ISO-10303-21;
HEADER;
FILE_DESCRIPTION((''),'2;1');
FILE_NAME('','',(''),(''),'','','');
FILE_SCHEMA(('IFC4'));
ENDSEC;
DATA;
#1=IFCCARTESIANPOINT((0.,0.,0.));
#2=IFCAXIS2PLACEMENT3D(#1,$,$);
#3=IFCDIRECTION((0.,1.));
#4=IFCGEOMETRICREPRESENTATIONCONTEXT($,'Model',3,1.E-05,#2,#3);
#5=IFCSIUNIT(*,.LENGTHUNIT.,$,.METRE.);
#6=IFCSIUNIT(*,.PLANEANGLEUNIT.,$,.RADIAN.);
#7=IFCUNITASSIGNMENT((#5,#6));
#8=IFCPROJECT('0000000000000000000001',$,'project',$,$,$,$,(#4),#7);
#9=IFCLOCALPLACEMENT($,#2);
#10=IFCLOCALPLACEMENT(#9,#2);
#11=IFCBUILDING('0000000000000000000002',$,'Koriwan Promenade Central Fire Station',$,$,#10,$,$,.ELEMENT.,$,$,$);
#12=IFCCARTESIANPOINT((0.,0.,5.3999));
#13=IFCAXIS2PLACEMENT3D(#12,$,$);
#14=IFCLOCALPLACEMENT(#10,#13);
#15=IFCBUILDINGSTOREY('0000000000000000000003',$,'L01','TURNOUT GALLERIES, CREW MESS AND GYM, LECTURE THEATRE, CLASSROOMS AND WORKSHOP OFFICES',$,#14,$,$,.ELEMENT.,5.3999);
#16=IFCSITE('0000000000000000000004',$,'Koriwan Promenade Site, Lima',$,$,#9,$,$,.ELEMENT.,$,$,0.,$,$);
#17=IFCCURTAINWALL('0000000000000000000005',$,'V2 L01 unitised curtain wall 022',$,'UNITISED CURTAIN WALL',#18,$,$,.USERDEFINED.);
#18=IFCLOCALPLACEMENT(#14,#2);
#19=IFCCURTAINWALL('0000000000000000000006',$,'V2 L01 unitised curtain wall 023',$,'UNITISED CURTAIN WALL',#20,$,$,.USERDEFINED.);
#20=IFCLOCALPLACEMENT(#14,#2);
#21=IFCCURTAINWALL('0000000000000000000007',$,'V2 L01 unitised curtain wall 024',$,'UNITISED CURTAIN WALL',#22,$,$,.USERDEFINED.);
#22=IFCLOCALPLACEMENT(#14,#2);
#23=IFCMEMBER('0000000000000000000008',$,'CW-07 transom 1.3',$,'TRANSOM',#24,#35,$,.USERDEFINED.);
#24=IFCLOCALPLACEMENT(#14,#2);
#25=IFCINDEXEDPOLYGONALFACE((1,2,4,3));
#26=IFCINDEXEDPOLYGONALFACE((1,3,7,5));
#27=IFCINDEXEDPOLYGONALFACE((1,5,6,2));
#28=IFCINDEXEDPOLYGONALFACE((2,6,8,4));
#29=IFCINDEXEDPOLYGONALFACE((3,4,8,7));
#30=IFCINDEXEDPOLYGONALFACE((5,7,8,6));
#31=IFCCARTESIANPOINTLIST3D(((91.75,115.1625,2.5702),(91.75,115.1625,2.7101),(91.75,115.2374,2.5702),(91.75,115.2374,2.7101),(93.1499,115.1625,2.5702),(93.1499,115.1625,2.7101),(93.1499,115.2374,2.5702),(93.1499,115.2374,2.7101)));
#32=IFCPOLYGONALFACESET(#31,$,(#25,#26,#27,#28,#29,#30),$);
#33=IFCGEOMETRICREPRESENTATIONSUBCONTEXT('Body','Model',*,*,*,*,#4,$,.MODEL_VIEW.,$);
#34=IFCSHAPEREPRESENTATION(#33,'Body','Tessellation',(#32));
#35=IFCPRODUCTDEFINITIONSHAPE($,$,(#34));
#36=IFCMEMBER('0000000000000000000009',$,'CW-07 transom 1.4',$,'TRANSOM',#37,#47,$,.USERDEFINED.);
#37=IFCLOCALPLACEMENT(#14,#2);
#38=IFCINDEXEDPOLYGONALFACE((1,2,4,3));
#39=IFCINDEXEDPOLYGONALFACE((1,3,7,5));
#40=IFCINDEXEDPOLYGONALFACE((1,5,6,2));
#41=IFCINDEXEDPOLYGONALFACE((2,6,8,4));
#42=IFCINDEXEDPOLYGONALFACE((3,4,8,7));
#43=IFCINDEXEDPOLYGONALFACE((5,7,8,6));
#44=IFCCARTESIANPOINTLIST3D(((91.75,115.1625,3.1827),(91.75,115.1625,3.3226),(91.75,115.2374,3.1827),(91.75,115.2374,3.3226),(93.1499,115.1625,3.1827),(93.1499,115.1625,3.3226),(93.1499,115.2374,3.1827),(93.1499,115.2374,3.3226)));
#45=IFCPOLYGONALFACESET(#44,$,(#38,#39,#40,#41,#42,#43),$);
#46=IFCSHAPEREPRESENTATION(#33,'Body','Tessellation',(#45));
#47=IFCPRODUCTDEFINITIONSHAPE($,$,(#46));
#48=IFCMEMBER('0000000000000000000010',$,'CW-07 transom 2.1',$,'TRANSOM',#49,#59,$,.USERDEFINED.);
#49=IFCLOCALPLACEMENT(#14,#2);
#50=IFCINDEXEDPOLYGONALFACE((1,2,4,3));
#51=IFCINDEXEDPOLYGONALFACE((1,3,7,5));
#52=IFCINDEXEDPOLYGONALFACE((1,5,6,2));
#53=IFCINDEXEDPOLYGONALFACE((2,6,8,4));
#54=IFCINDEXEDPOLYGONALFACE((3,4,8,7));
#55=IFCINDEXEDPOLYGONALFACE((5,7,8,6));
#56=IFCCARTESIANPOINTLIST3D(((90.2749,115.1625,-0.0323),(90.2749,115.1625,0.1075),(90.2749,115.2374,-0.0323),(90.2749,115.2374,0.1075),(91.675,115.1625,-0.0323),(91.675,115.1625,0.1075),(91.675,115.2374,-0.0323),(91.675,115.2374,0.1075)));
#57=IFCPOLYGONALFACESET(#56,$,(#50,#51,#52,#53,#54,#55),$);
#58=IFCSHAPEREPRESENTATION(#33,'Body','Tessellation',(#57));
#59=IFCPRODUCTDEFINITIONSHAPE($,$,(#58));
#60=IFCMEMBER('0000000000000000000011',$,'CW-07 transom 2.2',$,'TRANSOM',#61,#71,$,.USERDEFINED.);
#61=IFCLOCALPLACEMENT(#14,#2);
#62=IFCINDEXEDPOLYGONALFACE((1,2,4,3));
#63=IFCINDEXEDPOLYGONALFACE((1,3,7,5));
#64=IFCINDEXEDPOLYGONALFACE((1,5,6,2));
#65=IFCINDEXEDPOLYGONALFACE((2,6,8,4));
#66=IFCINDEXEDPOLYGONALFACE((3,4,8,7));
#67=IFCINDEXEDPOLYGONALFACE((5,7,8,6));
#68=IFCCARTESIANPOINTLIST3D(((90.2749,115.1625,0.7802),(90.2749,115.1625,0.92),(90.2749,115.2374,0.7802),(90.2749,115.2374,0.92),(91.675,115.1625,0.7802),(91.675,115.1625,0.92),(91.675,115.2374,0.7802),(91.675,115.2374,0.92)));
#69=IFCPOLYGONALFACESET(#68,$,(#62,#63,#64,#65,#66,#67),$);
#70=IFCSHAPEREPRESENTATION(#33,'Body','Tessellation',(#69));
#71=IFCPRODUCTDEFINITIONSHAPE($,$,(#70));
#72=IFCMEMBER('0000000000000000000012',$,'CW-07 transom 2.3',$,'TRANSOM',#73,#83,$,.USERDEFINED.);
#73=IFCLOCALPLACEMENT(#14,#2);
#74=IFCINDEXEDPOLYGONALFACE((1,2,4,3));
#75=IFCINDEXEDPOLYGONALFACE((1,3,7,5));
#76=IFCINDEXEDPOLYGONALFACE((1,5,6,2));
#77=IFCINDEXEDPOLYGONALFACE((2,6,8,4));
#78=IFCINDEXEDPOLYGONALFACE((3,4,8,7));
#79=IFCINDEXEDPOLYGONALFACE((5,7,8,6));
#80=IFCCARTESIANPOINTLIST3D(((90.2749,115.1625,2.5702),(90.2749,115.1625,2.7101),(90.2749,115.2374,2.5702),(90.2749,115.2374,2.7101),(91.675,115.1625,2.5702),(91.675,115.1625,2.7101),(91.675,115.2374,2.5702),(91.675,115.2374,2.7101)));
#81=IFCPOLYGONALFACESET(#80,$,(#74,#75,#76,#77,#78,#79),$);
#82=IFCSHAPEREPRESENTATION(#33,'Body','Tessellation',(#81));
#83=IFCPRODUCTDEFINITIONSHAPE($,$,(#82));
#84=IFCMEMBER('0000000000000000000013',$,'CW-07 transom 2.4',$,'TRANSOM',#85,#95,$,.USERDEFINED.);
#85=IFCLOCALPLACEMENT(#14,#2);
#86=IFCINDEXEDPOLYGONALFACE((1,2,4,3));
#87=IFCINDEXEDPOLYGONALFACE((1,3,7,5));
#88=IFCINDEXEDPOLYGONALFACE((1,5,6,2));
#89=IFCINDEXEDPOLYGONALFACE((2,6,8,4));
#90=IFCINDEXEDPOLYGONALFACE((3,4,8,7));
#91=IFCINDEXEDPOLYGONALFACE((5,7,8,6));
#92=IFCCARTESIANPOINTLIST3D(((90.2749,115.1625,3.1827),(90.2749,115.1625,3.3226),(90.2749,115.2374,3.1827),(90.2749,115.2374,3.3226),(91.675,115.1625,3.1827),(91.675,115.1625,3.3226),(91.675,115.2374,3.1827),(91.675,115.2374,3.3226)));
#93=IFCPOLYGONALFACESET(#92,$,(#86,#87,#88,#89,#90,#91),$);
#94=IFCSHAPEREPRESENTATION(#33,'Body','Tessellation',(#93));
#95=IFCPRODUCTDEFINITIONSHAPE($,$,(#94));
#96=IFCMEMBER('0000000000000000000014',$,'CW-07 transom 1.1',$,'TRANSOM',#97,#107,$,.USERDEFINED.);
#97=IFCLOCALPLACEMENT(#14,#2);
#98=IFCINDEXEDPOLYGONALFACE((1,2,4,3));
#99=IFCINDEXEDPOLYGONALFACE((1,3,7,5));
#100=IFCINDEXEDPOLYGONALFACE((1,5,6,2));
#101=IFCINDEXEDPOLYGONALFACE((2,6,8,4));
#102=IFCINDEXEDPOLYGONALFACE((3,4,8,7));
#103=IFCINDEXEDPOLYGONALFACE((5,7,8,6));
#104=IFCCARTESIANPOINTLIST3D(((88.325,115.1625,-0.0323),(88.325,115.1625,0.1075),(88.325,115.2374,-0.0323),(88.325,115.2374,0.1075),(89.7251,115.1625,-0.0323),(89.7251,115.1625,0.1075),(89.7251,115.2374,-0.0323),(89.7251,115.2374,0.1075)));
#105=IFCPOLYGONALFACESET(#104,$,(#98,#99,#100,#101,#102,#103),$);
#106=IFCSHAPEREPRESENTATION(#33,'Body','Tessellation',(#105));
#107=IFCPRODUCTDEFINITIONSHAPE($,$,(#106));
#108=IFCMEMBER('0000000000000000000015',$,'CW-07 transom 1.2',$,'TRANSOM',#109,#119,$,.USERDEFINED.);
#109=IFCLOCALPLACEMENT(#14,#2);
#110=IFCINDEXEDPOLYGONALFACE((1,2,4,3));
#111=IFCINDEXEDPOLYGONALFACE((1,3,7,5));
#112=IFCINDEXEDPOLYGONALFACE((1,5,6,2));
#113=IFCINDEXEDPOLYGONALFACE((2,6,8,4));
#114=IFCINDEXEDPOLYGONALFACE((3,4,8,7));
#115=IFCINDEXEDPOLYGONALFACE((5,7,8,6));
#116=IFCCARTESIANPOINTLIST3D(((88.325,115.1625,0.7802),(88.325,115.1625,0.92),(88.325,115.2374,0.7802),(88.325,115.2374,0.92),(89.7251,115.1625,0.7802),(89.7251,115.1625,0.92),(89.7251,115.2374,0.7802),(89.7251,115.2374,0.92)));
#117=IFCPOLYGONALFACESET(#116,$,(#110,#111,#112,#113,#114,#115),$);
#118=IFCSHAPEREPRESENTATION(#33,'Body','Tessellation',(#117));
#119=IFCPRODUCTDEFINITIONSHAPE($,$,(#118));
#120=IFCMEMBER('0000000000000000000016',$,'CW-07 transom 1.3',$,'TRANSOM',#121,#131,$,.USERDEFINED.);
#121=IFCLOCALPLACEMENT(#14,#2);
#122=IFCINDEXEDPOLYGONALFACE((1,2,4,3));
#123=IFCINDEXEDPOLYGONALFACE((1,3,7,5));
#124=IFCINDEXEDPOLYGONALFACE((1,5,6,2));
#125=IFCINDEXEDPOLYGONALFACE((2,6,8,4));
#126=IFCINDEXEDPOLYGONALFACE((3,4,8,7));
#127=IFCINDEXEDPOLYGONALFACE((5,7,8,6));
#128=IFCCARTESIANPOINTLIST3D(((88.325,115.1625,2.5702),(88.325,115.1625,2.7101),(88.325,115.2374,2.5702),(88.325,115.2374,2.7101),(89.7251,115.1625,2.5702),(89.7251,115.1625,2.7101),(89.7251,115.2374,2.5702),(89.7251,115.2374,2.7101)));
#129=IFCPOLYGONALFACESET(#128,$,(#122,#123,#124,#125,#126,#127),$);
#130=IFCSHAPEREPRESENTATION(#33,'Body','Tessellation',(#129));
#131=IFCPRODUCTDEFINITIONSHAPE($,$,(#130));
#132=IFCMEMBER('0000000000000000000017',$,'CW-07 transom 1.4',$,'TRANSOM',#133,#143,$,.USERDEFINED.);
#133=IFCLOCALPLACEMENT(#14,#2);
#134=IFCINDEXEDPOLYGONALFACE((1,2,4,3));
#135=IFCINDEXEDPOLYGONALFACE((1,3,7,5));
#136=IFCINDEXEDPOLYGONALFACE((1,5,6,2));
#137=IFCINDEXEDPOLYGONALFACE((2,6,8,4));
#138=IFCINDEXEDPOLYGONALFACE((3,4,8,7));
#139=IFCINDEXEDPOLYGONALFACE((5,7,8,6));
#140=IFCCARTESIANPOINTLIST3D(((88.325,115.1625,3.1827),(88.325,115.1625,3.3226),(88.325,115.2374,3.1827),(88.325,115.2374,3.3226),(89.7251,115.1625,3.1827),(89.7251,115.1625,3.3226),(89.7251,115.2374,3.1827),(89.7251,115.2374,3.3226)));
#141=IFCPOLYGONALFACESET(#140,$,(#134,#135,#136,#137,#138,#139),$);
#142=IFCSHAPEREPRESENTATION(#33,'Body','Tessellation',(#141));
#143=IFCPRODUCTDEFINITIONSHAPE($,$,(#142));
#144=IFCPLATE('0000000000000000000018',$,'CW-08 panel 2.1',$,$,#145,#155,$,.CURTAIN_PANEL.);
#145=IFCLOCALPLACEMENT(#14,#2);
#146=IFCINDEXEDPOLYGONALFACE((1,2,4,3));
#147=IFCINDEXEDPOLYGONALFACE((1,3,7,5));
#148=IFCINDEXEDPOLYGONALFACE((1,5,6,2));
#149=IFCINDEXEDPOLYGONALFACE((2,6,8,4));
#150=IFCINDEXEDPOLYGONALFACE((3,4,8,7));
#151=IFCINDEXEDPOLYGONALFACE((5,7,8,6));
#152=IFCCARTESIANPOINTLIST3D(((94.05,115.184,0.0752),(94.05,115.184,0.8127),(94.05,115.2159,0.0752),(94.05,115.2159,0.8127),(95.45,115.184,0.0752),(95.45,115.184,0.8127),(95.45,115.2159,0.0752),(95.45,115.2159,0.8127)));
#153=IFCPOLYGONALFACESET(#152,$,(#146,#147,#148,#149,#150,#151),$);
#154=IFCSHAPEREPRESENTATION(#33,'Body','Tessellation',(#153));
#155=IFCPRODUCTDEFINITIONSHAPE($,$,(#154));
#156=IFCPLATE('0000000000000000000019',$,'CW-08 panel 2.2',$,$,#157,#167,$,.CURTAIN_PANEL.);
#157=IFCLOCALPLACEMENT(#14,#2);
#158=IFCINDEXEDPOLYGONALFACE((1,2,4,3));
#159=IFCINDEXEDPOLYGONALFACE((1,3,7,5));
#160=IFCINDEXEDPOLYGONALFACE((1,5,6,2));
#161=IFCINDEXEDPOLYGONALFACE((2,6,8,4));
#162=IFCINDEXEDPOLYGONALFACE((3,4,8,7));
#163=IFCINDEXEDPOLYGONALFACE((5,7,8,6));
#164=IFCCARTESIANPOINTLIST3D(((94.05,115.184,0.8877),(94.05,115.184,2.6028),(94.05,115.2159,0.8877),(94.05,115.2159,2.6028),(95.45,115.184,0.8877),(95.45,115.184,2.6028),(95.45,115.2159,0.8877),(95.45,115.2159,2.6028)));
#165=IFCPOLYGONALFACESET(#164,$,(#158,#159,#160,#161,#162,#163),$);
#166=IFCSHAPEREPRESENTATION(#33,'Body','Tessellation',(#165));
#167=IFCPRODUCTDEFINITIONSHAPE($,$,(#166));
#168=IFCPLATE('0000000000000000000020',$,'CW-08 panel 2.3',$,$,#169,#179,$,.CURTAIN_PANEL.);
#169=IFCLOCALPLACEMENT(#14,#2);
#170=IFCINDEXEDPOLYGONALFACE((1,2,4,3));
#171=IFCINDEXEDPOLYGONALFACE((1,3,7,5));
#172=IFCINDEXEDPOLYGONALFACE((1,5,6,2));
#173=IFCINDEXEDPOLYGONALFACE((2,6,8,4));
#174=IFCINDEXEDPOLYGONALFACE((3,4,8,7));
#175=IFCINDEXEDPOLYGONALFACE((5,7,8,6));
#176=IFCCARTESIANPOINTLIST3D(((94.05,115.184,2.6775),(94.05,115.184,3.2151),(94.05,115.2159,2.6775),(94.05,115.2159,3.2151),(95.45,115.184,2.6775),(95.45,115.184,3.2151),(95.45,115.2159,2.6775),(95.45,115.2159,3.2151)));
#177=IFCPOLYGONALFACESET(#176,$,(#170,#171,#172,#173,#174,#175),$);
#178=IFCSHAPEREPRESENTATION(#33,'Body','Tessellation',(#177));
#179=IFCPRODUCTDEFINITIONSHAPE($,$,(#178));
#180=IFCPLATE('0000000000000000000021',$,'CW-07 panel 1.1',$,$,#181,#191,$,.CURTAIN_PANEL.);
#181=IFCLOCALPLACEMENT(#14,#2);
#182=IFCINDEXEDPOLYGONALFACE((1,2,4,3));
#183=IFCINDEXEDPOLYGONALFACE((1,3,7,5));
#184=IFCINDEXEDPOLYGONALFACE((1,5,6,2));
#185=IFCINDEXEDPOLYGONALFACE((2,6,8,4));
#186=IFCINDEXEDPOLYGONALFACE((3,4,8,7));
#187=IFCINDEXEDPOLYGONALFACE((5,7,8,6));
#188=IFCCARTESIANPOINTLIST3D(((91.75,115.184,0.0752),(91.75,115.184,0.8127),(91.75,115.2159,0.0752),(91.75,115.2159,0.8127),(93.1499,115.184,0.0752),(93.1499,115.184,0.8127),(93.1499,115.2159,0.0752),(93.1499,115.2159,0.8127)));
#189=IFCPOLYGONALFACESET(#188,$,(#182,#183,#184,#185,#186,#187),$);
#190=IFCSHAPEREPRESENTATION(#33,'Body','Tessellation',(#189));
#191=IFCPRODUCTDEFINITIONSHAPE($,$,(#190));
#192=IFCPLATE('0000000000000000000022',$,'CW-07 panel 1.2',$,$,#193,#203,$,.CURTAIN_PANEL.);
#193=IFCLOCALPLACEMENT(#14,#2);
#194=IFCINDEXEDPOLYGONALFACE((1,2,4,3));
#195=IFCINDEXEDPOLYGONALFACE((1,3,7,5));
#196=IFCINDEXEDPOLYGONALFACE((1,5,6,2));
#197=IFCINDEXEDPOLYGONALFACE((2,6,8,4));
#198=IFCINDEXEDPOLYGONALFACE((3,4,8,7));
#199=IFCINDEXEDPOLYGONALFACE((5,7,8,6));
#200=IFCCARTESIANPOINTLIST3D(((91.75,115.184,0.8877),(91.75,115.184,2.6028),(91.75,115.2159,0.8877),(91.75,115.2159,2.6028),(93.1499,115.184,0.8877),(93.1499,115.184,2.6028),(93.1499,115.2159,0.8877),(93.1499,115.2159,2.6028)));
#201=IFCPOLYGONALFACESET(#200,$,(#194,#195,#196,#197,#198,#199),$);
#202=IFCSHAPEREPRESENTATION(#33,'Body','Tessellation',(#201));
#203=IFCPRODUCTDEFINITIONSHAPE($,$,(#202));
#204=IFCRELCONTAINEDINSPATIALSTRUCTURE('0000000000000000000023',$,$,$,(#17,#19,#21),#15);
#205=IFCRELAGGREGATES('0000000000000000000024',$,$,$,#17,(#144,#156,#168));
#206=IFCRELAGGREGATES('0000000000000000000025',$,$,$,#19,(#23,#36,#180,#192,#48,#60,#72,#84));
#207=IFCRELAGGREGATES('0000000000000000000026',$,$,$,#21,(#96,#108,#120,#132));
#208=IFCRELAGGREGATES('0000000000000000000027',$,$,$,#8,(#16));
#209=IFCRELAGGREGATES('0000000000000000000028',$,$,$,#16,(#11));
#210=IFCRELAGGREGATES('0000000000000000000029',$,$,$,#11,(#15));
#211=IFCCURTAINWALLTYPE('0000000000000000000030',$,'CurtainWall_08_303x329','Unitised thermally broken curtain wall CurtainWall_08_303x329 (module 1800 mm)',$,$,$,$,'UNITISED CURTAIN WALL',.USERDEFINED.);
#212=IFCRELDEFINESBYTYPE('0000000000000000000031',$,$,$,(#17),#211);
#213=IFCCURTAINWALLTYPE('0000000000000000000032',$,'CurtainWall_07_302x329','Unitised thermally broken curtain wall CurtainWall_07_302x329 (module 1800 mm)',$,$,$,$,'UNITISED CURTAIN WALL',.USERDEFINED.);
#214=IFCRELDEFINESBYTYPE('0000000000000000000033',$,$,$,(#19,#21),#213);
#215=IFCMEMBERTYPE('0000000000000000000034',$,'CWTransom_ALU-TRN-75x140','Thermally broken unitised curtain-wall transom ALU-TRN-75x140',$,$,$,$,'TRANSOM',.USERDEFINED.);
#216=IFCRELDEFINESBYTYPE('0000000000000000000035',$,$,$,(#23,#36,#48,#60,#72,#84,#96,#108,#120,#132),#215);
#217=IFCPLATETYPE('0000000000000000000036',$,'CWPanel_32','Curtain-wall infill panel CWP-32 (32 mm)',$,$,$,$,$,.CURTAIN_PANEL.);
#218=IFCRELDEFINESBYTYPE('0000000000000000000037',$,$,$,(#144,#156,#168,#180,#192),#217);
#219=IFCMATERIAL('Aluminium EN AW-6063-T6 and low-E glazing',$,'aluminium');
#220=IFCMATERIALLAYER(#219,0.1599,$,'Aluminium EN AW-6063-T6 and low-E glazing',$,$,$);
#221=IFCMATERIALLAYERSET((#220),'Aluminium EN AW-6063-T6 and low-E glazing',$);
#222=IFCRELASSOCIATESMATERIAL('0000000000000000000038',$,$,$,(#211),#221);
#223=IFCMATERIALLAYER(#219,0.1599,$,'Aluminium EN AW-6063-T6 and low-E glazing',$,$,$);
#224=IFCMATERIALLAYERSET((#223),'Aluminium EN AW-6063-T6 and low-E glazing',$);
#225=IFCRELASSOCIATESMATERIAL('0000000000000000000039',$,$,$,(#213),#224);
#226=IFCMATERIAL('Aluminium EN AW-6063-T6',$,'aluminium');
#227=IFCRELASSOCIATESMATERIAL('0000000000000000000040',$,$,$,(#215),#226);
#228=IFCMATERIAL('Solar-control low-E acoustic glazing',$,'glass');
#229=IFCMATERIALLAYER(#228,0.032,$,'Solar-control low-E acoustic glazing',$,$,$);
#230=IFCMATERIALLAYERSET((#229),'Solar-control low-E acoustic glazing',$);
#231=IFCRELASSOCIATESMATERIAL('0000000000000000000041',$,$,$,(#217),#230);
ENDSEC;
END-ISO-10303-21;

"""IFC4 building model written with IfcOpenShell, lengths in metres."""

from ifc_helpers import new_model, si_unit, direction, frame, origin, origin_2d, place, context, subcontext, project, spatial, rectangle, extrude, material, layer, layer_set, material_profile, profile_set, type_object, element, aggregate, save


model = new_model("IFC4")

# Units and contexts
model_context = context("Model", 3, precision=1e-05, world=origin(), true_north=direction((0.0, 1.0)))
body_context = subcontext(model_context, "Body", "Model", "MODEL_VIEW")
ifc_project = project(units=[si_unit("LENGTHUNIT", "METRE"), si_unit("PLANEANGLEUNIT", "RADIAN")], contexts=[model_context])

# Site, building, storey
site_placement = place(None, origin())
site = spatial("IfcSite", under=ifc_project, at=site_placement, Name="Koriwan Promenade Site, Lima", CompositionType="ELEMENT", RefElevation=0.0)
building_placement = place(site_placement, origin())
building = spatial("IfcBuilding", under=site, at=building_placement, Name="Koriwan Promenade Central Fire Station", CompositionType="ELEMENT")
storey_placement = place(building_placement, frame((0.0, 0.0, 5.3999)))
storey = spatial("IfcBuildingStorey", under=building, at=storey_placement, Name="L01", Description="TURNOUT GALLERIES, CREW MESS AND GYM, LECTURE THEATRE, CLASSROOMS AND WORKSHOP OFFICES", CompositionType="ELEMENT", Elevation=5.3999)

# Curtain walls
ifc_material_1 = material(Name="Aluminium EN AW-6063-T6 and low-E glazing", Category="aluminium")
ifc_layer_1 = layer(ifc_material_1, 0.1599, Name="Aluminium EN AW-6063-T6 and low-E glazing")
ifc_layer_set_1 = layer_set([ifc_layer_1], Name="Aluminium EN AW-6063-T6 and low-E glazing")
curtain_wall_type_1 = type_object("IfcCurtainWallType", Name="CurtainWall_08_303x329", Description="Unitised thermally broken curtain wall CurtainWall_08_303x329 (module 1800 mm)", ElementType="UNITISED CURTAIN WALL", PredefinedType="USERDEFINED", material=ifc_layer_set_1)
curtain_wall_1_placement = place(storey_placement, origin())
curtain_wall_1 = element("IfcCurtainWall", 1, at=curtain_wall_1_placement, inside=storey, type_object=curtain_wall_type_1, Name="V2 L01 unitised curtain wall 022", ObjectType="UNITISED CURTAIN WALL", PredefinedType="USERDEFINED")
ifc_material_2 = material(Name="Aluminium EN AW-6063-T6", Category="aluminium")
ifc_layer_2 = layer(ifc_material_1, 0.1599, Name="Aluminium EN AW-6063-T6 and low-E glazing")
ifc_layer_set_2 = layer_set([ifc_layer_2], Name="Aluminium EN AW-6063-T6 and low-E glazing")
curtain_wall_type_2 = type_object("IfcCurtainWallType", Name="CurtainWall_07_302x329", Description="Unitised thermally broken curtain wall CurtainWall_07_302x329 (module 1800 mm)", ElementType="UNITISED CURTAIN WALL", PredefinedType="USERDEFINED", material=ifc_layer_set_2)
curtain_wall_2_placement = place(storey_placement, origin())
curtain_wall_2 = element("IfcCurtainWall", 2, at=curtain_wall_2_placement, inside=storey, type_object=curtain_wall_type_2, Name="V2 L01 unitised curtain wall 023", ObjectType="UNITISED CURTAIN WALL", PredefinedType="USERDEFINED")

# Curtain wall
curtain_wall_3_placement = place(storey_placement, origin())
curtain_wall_3 = element("IfcCurtainWall", 3, at=curtain_wall_3_placement, inside=storey, type_object=curtain_wall_type_2, Name="V2 L01 unitised curtain wall 024", ObjectType="UNITISED CURTAIN WALL", PredefinedType="USERDEFINED")

# Members
ifc_material_profile_1 = material_profile(ifc_material_2, rectangle(XDim=0.075, YDim=0.1399, at=origin_2d()), Name="ALU-TRN-75x140")
ifc_profile_set_1 = profile_set([ifc_material_profile_1], Name="Aluminium EN AW-6063-T6")
member_type_1 = type_object("IfcMemberType", Name="CWTransom_ALU-TRN-75x140", Description="Thermally broken unitised curtain-wall transom ALU-TRN-75x140", ElementType="TRANSOM", PredefinedType="USERDEFINED", material=ifc_profile_set_1)
member_1_placement = place(storey_placement, frame((93.1499, 115.2, 2.6401), z_axis=(-1.0, 0.0, 0.0), x_axis=(0.0, -1.0, 0.0)))
member_1 = element("IfcMember", 4, at=member_1_placement, type_object=member_type_1, Name="CW-07 transom 1.3", ObjectType="TRANSOM", PredefinedType="USERDEFINED", context=body_context, shape_type="SweptSolid", body=[
    extrude(rectangle(XDim=0.075, YDim=0.1399, at=origin_2d()), origin(), (0.0, 0.0, 1.0), 1.3999),
])
member_2_placement = place(storey_placement, frame((93.1499, 115.2, 3.2527), z_axis=(-1.0, 0.0, 0.0), x_axis=(0.0, -1.0, 0.0)))
member_2 = element("IfcMember", 5, at=member_2_placement, type_object=member_type_1, Name="CW-07 transom 1.4", ObjectType="TRANSOM", PredefinedType="USERDEFINED", context=body_context, shape_type="SweptSolid", body=[
    extrude(rectangle(XDim=0.075, YDim=0.1399, at=origin_2d()), origin(), (0.0, 0.0, 1.0), 1.3999),
])
member_3_placement = place(storey_placement, frame((91.675, 115.2, 0.0376), z_axis=(-1.0, 0.0, 0.0), x_axis=(0.0, -1.0, 0.0)))
member_3 = element("IfcMember", 6, at=member_3_placement, type_object=member_type_1, Name="CW-07 transom 2.1", ObjectType="TRANSOM", PredefinedType="USERDEFINED", context=body_context, shape_type="SweptSolid", body=[
    extrude(rectangle(XDim=0.075, YDim=0.1399, at=origin_2d()), origin(), (0.0, 0.0, 1.0), 1.4001),
])
member_4_placement = place(storey_placement, frame((91.675, 115.2, 0.8501), z_axis=(-1.0, 0.0, 0.0), x_axis=(0.0, -1.0, 0.0)))
member_4 = element("IfcMember", 7, at=member_4_placement, type_object=member_type_1, Name="CW-07 transom 2.2", ObjectType="TRANSOM", PredefinedType="USERDEFINED", context=body_context, shape_type="SweptSolid", body=[
    extrude(rectangle(XDim=0.075, YDim=0.1399, at=origin_2d()), origin(), (0.0, 0.0, 1.0), 1.4001),
])
member_5_placement = place(storey_placement, frame((91.675, 115.2, 2.6401), z_axis=(-1.0, 0.0, 0.0), x_axis=(0.0, -1.0, 0.0)))
member_5 = element("IfcMember", 8, at=member_5_placement, type_object=member_type_1, Name="CW-07 transom 2.3", ObjectType="TRANSOM", PredefinedType="USERDEFINED", context=body_context, shape_type="SweptSolid", body=[
    extrude(rectangle(XDim=0.075, YDim=0.1399, at=origin_2d()), origin(), (0.0, 0.0, 1.0), 1.4001),
])
member_6_placement = place(storey_placement, frame((91.675, 115.2, 3.2527), z_axis=(-1.0, 0.0, 0.0), x_axis=(0.0, -1.0, 0.0)))
member_6 = element("IfcMember", 9, at=member_6_placement, type_object=member_type_1, Name="CW-07 transom 2.4", ObjectType="TRANSOM", PredefinedType="USERDEFINED", context=body_context, shape_type="SweptSolid", body=[
    extrude(rectangle(XDim=0.075, YDim=0.1399, at=origin_2d()), origin(), (0.0, 0.0, 1.0), 1.4001),
])
member_7_placement = place(storey_placement, frame((89.7251, 115.2, 0.0376), z_axis=(-1.0, 0.0, 0.0), x_axis=(0.0, -1.0, 0.0)))
member_7 = element("IfcMember", 10, at=member_7_placement, type_object=member_type_1, Name="CW-07 transom 1.1", ObjectType="TRANSOM", PredefinedType="USERDEFINED", context=body_context, shape_type="SweptSolid", body=[
    extrude(rectangle(XDim=0.075, YDim=0.1399, at=origin_2d()), origin(), (0.0, 0.0, 1.0), 1.4001),
])
member_8_placement = place(storey_placement, frame((89.7251, 115.2, 0.8501), z_axis=(-1.0, 0.0, 0.0), x_axis=(0.0, -1.0, 0.0)))
member_8 = element("IfcMember", 11, at=member_8_placement, type_object=member_type_1, Name="CW-07 transom 1.2", ObjectType="TRANSOM", PredefinedType="USERDEFINED", context=body_context, shape_type="SweptSolid", body=[
    extrude(rectangle(XDim=0.075, YDim=0.1399, at=origin_2d()), origin(), (0.0, 0.0, 1.0), 1.4001),
])
member_9_placement = place(storey_placement, frame((89.7251, 115.2, 2.6401), z_axis=(-1.0, 0.0, 0.0), x_axis=(0.0, -1.0, 0.0)))
member_9 = element("IfcMember", 12, at=member_9_placement, type_object=member_type_1, Name="CW-07 transom 1.3", ObjectType="TRANSOM", PredefinedType="USERDEFINED", context=body_context, shape_type="SweptSolid", body=[
    extrude(rectangle(XDim=0.075, YDim=0.1399, at=origin_2d()), origin(), (0.0, 0.0, 1.0), 1.4001),
])
member_10_placement = place(storey_placement, frame((89.7251, 115.2, 3.2527), z_axis=(-1.0, 0.0, 0.0), x_axis=(0.0, -1.0, 0.0)))
member_10 = element("IfcMember", 13, at=member_10_placement, type_object=member_type_1, Name="CW-07 transom 1.4", ObjectType="TRANSOM", PredefinedType="USERDEFINED", context=body_context, shape_type="SweptSolid", body=[
    extrude(rectangle(XDim=0.075, YDim=0.1399, at=origin_2d()), origin(), (0.0, 0.0, 1.0), 1.4001),
])

# Plates
ifc_material_3 = material(Name="Solar-control low-E acoustic glazing", Category="glass")
ifc_layer_3 = layer(ifc_material_3, 0.032, Name="Solar-control low-E acoustic glazing")
ifc_layer_set_3 = layer_set([ifc_layer_3], Name="Solar-control low-E acoustic glazing")
plate_type = type_object("IfcPlateType", Name="CWPanel_32", Description="Curtain-wall infill panel CWP-32 (32 mm)", PredefinedType="CURTAIN_PANEL", material=ifc_layer_set_3)
plate_1_placement = place(storey_placement, frame((94.75, 115.2, 0.0752), z_axis=(0.0, 0.0, 1.0), x_axis=(-1.0, 0.0, 0.0)))
plate_1 = element("IfcPlate", 14, at=plate_1_placement, type_object=plate_type, Name="CW-08 panel 2.1", PredefinedType="CURTAIN_PANEL", context=body_context, shape_type="SweptSolid", body=[
    extrude(rectangle(XDim=1.3999, YDim=0.032, at=origin_2d()), origin(), (0.0, 0.0, 1.0), 0.7375),
])
plate_2_placement = place(storey_placement, frame((94.75, 115.2, 0.8877), z_axis=(0.0, 0.0, 1.0), x_axis=(-1.0, 0.0, 0.0)))
plate_2 = element("IfcPlate", 15, at=plate_2_placement, type_object=plate_type, Name="CW-08 panel 2.2", PredefinedType="CURTAIN_PANEL", context=body_context, shape_type="SweptSolid", body=[
    extrude(rectangle(XDim=1.3999, YDim=0.032, at=origin_2d()), origin(), (0.0, 0.0, 1.0), 1.7151),
])
plate_3_placement = place(storey_placement, frame((94.75, 115.2, 2.6775), z_axis=(0.0, 0.0, 1.0), x_axis=(-1.0, 0.0, 0.0)))
plate_3 = element("IfcPlate", 16, at=plate_3_placement, type_object=plate_type, Name="CW-08 panel 2.3", PredefinedType="CURTAIN_PANEL", context=body_context, shape_type="SweptSolid", body=[
    extrude(rectangle(XDim=1.3999, YDim=0.032, at=origin_2d()), origin(), (0.0, 0.0, 1.0), 0.5376),
])
aggregate(curtain_wall_1, [plate_1, plate_2, plate_3])
plate_4_placement = place(storey_placement, frame((92.45, 115.2, 0.0752), z_axis=(0.0, 0.0, 1.0), x_axis=(-1.0, 0.0, 0.0)))
plate_4 = element("IfcPlate", 17, at=plate_4_placement, type_object=plate_type, Name="CW-07 panel 1.1", PredefinedType="CURTAIN_PANEL", context=body_context, shape_type="SweptSolid", body=[
    extrude(rectangle(XDim=1.3999, YDim=0.032, at=origin_2d()), origin(), (0.0, 0.0, 1.0), 0.7375),
])
plate_5_placement = place(storey_placement, frame((92.45, 115.2, 0.8877), z_axis=(0.0, 0.0, 1.0), x_axis=(-1.0, 0.0, 0.0)))
plate_5 = element("IfcPlate", 18, at=plate_5_placement, type_object=plate_type, Name="CW-07 panel 1.2", PredefinedType="CURTAIN_PANEL", context=body_context, shape_type="SweptSolid", body=[
    extrude(rectangle(XDim=1.3999, YDim=0.032, at=origin_2d()), origin(), (0.0, 0.0, 1.0), 1.7151),
])
aggregate(curtain_wall_2, [member_1, member_2, plate_4, plate_5, member_3, member_4, member_5, member_6])
aggregate(curtain_wall_3, [member_7, member_8, member_9, member_10])

save(model, "model.ifc")
